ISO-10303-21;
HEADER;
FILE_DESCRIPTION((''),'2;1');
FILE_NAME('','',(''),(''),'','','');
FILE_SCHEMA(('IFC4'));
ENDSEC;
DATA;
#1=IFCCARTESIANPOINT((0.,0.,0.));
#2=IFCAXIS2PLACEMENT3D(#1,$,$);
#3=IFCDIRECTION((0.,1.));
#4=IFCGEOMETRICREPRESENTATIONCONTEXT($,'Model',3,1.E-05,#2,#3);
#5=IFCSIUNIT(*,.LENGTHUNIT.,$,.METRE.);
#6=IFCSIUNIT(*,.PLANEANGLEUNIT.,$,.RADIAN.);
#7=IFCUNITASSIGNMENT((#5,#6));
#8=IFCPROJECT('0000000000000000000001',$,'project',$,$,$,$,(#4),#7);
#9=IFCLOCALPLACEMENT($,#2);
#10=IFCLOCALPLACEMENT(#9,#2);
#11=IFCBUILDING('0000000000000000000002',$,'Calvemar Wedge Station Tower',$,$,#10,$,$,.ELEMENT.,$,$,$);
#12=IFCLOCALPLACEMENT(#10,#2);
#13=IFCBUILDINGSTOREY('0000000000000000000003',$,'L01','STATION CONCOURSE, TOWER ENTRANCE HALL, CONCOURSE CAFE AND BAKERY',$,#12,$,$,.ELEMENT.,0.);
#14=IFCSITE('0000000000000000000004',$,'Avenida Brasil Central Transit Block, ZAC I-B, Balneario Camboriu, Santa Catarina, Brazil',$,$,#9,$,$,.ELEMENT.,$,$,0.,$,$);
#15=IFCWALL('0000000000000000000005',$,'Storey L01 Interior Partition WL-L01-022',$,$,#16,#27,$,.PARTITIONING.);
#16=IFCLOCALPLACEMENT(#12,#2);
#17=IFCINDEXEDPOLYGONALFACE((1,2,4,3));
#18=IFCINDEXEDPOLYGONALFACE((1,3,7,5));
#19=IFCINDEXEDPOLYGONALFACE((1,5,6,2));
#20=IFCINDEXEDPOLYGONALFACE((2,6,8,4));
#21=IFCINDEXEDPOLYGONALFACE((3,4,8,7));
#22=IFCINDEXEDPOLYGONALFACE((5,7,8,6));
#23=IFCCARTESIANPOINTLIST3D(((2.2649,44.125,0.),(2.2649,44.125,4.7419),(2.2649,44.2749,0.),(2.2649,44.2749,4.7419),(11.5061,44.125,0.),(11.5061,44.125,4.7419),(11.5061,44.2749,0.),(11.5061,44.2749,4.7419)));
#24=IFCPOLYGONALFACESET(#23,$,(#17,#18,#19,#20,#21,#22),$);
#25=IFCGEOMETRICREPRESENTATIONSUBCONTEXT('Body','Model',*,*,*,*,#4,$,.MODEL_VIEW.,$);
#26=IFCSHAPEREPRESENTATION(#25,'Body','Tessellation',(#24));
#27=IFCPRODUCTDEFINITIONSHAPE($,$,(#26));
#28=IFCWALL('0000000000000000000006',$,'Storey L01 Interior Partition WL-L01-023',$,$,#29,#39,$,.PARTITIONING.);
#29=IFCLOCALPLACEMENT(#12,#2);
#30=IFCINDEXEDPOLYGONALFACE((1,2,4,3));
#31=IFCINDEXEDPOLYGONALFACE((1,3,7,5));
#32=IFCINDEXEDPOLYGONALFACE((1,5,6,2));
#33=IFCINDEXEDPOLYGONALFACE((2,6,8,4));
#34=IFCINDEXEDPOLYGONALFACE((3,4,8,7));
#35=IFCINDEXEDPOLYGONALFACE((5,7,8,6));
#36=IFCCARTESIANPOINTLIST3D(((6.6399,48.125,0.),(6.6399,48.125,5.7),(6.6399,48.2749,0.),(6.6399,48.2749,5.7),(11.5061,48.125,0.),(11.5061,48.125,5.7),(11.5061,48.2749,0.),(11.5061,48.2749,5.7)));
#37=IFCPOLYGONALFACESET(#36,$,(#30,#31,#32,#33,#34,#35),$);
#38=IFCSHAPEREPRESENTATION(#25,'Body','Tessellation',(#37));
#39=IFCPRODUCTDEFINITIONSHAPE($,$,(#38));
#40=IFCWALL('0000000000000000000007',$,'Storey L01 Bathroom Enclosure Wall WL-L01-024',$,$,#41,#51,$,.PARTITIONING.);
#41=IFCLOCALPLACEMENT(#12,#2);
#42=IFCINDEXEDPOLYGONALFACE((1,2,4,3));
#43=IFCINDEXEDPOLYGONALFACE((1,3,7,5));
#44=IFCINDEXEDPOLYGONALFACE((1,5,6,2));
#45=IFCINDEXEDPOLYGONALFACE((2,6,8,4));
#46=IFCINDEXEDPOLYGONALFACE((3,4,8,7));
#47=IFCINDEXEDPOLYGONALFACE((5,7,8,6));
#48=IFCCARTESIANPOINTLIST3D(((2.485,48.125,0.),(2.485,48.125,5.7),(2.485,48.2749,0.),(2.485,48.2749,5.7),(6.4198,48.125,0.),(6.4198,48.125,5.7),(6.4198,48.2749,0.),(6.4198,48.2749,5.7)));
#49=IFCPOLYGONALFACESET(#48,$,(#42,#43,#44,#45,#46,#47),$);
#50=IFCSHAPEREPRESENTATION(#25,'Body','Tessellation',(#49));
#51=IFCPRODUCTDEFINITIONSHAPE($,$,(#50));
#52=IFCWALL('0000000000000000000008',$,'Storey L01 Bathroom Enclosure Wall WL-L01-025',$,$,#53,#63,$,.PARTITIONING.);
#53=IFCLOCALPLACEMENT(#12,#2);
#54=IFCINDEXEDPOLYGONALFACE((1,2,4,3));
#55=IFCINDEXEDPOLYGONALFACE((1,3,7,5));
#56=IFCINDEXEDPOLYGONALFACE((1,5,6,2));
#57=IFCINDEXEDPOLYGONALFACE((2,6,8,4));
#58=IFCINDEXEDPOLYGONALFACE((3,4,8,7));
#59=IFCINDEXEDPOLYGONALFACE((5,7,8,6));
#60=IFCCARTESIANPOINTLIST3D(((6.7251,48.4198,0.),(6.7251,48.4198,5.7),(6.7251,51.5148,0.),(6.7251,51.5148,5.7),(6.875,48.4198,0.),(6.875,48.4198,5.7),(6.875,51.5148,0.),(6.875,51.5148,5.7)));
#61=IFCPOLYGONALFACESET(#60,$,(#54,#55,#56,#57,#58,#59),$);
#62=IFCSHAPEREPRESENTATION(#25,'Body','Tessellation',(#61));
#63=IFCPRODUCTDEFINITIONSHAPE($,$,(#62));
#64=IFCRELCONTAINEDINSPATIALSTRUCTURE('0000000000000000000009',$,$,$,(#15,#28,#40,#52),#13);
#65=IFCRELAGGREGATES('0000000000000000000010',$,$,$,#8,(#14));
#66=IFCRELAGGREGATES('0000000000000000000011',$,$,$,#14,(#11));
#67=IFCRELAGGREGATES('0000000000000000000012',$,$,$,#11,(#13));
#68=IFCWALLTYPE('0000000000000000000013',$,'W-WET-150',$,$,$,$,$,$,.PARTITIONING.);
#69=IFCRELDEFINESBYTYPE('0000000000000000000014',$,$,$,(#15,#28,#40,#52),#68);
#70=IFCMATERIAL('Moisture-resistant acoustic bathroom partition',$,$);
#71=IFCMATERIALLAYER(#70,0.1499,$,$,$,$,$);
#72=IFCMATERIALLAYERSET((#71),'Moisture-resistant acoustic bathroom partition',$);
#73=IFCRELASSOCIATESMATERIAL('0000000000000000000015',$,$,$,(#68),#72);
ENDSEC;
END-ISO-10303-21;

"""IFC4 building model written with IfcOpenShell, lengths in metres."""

from ifc_helpers import new_model, si_unit, direction, frame, frame_2d, origin, place, context, subcontext, project, spatial, rectangle, extrude, material, layer, layer_set, type_object, element, save


model = new_model("IFC4")

# Units and contexts
model_context = context("Model", 3, precision=1e-05, world=origin(), true_north=direction((0.0, 1.0)))
body_context = subcontext(model_context, "Body", "Model", "MODEL_VIEW")
ifc_project = project(units=[si_unit("LENGTHUNIT", "METRE"), si_unit("PLANEANGLEUNIT", "RADIAN")], contexts=[model_context])

# Site, building, storey
site_placement = place(None, origin())
site = spatial("IfcSite", under=ifc_project, at=site_placement, Name="Avenida Brasil Central Transit Block, ZAC I-B, Balneario Camboriu, Santa Catarina, Brazil", CompositionType="ELEMENT", RefElevation=0.0)
building_placement = place(site_placement, origin())
building = spatial("IfcBuilding", under=site, at=building_placement, Name="Calvemar Wedge Station Tower", CompositionType="ELEMENT")
storey_placement = place(building_placement, origin())
storey = spatial("IfcBuildingStorey", under=building, at=storey_placement, Name="L01", Description="STATION CONCOURSE, TOWER ENTRANCE HALL, CONCOURSE CAFE AND BAKERY", CompositionType="ELEMENT", Elevation=0.0)

# Walls
ifc_material_1 = material(Name="Moisture-resistant acoustic bathroom partition")
ifc_layer_1 = layer(ifc_material_1, 0.1499)
ifc_layer_set_1 = layer_set([ifc_layer_1], Name="Moisture-resistant acoustic bathroom partition")
wall_type_1 = type_object("IfcWallType", Name="W-WET-150", PredefinedType="PARTITIONING", material=ifc_layer_set_1)
wall_1_placement = place(storey_placement, frame((2.2649, 44.2, 0.0), z_axis=(0.0, 0.0, 1.0), x_axis=(1.0, 0.0, 0.0)))
element("IfcWall", 1, at=wall_1_placement, inside=storey, type_object=wall_type_1, Name="Storey L01 Interior Partition WL-L01-022", PredefinedType="PARTITIONING", context=body_context, shape_type="SweptSolid", body=[
    extrude(rectangle(XDim=9.2412, YDim=0.1499, at=frame_2d((4.6206, 0.0))), origin(), (0.0, 0.0, 1.0), 4.7419),
])
wall_2_placement = place(storey_placement, frame((6.6399, 48.2, 0.0), z_axis=(0.0, 0.0, 1.0), x_axis=(1.0, 0.0, 0.0)))
element("IfcWall", 2, at=wall_2_placement, inside=storey, type_object=wall_type_1, Name="Storey L01 Interior Partition WL-L01-023", PredefinedType="PARTITIONING", context=body_context, shape_type="SweptSolid", body=[
    extrude(rectangle(XDim=4.8662, YDim=0.1499, at=frame_2d((2.4331, 0.0))), origin(), (0.0, 0.0, 1.0), 5.7),
])
wall_3_placement = place(storey_placement, frame((2.4851, 48.2, 0.0), z_axis=(0.0, 0.0, 1.0), x_axis=(1.0, 0.0, 0.0)))
element("IfcWall", 3, at=wall_3_placement, inside=storey, type_object=wall_type_1, Name="Storey L01 Bathroom Enclosure Wall WL-L01-024", PredefinedType="PARTITIONING", context=body_context, shape_type="SweptSolid", body=[
    extrude(rectangle(XDim=3.9348, YDim=0.1499, at=frame_2d((1.9673, 0.0))), origin(), (0.0, 0.0, 1.0), 5.7),
])
wall_4_placement = place(storey_placement, frame((6.8, 48.4199, 0.0), z_axis=(0.0, 0.0, 1.0), x_axis=(0.0, 1.0, 0.0)))
element("IfcWall", 4, at=wall_4_placement, inside=storey, type_object=wall_type_1, Name="Storey L01 Bathroom Enclosure Wall WL-L01-025", PredefinedType="PARTITIONING", context=body_context, shape_type="SweptSolid", body=[
    extrude(rectangle(XDim=3.095, YDim=0.1499, at=frame_2d((1.5474, 0.0))), origin(), (0.0, 0.0, 1.0), 5.7),
])

save(model, "model.ifc")
